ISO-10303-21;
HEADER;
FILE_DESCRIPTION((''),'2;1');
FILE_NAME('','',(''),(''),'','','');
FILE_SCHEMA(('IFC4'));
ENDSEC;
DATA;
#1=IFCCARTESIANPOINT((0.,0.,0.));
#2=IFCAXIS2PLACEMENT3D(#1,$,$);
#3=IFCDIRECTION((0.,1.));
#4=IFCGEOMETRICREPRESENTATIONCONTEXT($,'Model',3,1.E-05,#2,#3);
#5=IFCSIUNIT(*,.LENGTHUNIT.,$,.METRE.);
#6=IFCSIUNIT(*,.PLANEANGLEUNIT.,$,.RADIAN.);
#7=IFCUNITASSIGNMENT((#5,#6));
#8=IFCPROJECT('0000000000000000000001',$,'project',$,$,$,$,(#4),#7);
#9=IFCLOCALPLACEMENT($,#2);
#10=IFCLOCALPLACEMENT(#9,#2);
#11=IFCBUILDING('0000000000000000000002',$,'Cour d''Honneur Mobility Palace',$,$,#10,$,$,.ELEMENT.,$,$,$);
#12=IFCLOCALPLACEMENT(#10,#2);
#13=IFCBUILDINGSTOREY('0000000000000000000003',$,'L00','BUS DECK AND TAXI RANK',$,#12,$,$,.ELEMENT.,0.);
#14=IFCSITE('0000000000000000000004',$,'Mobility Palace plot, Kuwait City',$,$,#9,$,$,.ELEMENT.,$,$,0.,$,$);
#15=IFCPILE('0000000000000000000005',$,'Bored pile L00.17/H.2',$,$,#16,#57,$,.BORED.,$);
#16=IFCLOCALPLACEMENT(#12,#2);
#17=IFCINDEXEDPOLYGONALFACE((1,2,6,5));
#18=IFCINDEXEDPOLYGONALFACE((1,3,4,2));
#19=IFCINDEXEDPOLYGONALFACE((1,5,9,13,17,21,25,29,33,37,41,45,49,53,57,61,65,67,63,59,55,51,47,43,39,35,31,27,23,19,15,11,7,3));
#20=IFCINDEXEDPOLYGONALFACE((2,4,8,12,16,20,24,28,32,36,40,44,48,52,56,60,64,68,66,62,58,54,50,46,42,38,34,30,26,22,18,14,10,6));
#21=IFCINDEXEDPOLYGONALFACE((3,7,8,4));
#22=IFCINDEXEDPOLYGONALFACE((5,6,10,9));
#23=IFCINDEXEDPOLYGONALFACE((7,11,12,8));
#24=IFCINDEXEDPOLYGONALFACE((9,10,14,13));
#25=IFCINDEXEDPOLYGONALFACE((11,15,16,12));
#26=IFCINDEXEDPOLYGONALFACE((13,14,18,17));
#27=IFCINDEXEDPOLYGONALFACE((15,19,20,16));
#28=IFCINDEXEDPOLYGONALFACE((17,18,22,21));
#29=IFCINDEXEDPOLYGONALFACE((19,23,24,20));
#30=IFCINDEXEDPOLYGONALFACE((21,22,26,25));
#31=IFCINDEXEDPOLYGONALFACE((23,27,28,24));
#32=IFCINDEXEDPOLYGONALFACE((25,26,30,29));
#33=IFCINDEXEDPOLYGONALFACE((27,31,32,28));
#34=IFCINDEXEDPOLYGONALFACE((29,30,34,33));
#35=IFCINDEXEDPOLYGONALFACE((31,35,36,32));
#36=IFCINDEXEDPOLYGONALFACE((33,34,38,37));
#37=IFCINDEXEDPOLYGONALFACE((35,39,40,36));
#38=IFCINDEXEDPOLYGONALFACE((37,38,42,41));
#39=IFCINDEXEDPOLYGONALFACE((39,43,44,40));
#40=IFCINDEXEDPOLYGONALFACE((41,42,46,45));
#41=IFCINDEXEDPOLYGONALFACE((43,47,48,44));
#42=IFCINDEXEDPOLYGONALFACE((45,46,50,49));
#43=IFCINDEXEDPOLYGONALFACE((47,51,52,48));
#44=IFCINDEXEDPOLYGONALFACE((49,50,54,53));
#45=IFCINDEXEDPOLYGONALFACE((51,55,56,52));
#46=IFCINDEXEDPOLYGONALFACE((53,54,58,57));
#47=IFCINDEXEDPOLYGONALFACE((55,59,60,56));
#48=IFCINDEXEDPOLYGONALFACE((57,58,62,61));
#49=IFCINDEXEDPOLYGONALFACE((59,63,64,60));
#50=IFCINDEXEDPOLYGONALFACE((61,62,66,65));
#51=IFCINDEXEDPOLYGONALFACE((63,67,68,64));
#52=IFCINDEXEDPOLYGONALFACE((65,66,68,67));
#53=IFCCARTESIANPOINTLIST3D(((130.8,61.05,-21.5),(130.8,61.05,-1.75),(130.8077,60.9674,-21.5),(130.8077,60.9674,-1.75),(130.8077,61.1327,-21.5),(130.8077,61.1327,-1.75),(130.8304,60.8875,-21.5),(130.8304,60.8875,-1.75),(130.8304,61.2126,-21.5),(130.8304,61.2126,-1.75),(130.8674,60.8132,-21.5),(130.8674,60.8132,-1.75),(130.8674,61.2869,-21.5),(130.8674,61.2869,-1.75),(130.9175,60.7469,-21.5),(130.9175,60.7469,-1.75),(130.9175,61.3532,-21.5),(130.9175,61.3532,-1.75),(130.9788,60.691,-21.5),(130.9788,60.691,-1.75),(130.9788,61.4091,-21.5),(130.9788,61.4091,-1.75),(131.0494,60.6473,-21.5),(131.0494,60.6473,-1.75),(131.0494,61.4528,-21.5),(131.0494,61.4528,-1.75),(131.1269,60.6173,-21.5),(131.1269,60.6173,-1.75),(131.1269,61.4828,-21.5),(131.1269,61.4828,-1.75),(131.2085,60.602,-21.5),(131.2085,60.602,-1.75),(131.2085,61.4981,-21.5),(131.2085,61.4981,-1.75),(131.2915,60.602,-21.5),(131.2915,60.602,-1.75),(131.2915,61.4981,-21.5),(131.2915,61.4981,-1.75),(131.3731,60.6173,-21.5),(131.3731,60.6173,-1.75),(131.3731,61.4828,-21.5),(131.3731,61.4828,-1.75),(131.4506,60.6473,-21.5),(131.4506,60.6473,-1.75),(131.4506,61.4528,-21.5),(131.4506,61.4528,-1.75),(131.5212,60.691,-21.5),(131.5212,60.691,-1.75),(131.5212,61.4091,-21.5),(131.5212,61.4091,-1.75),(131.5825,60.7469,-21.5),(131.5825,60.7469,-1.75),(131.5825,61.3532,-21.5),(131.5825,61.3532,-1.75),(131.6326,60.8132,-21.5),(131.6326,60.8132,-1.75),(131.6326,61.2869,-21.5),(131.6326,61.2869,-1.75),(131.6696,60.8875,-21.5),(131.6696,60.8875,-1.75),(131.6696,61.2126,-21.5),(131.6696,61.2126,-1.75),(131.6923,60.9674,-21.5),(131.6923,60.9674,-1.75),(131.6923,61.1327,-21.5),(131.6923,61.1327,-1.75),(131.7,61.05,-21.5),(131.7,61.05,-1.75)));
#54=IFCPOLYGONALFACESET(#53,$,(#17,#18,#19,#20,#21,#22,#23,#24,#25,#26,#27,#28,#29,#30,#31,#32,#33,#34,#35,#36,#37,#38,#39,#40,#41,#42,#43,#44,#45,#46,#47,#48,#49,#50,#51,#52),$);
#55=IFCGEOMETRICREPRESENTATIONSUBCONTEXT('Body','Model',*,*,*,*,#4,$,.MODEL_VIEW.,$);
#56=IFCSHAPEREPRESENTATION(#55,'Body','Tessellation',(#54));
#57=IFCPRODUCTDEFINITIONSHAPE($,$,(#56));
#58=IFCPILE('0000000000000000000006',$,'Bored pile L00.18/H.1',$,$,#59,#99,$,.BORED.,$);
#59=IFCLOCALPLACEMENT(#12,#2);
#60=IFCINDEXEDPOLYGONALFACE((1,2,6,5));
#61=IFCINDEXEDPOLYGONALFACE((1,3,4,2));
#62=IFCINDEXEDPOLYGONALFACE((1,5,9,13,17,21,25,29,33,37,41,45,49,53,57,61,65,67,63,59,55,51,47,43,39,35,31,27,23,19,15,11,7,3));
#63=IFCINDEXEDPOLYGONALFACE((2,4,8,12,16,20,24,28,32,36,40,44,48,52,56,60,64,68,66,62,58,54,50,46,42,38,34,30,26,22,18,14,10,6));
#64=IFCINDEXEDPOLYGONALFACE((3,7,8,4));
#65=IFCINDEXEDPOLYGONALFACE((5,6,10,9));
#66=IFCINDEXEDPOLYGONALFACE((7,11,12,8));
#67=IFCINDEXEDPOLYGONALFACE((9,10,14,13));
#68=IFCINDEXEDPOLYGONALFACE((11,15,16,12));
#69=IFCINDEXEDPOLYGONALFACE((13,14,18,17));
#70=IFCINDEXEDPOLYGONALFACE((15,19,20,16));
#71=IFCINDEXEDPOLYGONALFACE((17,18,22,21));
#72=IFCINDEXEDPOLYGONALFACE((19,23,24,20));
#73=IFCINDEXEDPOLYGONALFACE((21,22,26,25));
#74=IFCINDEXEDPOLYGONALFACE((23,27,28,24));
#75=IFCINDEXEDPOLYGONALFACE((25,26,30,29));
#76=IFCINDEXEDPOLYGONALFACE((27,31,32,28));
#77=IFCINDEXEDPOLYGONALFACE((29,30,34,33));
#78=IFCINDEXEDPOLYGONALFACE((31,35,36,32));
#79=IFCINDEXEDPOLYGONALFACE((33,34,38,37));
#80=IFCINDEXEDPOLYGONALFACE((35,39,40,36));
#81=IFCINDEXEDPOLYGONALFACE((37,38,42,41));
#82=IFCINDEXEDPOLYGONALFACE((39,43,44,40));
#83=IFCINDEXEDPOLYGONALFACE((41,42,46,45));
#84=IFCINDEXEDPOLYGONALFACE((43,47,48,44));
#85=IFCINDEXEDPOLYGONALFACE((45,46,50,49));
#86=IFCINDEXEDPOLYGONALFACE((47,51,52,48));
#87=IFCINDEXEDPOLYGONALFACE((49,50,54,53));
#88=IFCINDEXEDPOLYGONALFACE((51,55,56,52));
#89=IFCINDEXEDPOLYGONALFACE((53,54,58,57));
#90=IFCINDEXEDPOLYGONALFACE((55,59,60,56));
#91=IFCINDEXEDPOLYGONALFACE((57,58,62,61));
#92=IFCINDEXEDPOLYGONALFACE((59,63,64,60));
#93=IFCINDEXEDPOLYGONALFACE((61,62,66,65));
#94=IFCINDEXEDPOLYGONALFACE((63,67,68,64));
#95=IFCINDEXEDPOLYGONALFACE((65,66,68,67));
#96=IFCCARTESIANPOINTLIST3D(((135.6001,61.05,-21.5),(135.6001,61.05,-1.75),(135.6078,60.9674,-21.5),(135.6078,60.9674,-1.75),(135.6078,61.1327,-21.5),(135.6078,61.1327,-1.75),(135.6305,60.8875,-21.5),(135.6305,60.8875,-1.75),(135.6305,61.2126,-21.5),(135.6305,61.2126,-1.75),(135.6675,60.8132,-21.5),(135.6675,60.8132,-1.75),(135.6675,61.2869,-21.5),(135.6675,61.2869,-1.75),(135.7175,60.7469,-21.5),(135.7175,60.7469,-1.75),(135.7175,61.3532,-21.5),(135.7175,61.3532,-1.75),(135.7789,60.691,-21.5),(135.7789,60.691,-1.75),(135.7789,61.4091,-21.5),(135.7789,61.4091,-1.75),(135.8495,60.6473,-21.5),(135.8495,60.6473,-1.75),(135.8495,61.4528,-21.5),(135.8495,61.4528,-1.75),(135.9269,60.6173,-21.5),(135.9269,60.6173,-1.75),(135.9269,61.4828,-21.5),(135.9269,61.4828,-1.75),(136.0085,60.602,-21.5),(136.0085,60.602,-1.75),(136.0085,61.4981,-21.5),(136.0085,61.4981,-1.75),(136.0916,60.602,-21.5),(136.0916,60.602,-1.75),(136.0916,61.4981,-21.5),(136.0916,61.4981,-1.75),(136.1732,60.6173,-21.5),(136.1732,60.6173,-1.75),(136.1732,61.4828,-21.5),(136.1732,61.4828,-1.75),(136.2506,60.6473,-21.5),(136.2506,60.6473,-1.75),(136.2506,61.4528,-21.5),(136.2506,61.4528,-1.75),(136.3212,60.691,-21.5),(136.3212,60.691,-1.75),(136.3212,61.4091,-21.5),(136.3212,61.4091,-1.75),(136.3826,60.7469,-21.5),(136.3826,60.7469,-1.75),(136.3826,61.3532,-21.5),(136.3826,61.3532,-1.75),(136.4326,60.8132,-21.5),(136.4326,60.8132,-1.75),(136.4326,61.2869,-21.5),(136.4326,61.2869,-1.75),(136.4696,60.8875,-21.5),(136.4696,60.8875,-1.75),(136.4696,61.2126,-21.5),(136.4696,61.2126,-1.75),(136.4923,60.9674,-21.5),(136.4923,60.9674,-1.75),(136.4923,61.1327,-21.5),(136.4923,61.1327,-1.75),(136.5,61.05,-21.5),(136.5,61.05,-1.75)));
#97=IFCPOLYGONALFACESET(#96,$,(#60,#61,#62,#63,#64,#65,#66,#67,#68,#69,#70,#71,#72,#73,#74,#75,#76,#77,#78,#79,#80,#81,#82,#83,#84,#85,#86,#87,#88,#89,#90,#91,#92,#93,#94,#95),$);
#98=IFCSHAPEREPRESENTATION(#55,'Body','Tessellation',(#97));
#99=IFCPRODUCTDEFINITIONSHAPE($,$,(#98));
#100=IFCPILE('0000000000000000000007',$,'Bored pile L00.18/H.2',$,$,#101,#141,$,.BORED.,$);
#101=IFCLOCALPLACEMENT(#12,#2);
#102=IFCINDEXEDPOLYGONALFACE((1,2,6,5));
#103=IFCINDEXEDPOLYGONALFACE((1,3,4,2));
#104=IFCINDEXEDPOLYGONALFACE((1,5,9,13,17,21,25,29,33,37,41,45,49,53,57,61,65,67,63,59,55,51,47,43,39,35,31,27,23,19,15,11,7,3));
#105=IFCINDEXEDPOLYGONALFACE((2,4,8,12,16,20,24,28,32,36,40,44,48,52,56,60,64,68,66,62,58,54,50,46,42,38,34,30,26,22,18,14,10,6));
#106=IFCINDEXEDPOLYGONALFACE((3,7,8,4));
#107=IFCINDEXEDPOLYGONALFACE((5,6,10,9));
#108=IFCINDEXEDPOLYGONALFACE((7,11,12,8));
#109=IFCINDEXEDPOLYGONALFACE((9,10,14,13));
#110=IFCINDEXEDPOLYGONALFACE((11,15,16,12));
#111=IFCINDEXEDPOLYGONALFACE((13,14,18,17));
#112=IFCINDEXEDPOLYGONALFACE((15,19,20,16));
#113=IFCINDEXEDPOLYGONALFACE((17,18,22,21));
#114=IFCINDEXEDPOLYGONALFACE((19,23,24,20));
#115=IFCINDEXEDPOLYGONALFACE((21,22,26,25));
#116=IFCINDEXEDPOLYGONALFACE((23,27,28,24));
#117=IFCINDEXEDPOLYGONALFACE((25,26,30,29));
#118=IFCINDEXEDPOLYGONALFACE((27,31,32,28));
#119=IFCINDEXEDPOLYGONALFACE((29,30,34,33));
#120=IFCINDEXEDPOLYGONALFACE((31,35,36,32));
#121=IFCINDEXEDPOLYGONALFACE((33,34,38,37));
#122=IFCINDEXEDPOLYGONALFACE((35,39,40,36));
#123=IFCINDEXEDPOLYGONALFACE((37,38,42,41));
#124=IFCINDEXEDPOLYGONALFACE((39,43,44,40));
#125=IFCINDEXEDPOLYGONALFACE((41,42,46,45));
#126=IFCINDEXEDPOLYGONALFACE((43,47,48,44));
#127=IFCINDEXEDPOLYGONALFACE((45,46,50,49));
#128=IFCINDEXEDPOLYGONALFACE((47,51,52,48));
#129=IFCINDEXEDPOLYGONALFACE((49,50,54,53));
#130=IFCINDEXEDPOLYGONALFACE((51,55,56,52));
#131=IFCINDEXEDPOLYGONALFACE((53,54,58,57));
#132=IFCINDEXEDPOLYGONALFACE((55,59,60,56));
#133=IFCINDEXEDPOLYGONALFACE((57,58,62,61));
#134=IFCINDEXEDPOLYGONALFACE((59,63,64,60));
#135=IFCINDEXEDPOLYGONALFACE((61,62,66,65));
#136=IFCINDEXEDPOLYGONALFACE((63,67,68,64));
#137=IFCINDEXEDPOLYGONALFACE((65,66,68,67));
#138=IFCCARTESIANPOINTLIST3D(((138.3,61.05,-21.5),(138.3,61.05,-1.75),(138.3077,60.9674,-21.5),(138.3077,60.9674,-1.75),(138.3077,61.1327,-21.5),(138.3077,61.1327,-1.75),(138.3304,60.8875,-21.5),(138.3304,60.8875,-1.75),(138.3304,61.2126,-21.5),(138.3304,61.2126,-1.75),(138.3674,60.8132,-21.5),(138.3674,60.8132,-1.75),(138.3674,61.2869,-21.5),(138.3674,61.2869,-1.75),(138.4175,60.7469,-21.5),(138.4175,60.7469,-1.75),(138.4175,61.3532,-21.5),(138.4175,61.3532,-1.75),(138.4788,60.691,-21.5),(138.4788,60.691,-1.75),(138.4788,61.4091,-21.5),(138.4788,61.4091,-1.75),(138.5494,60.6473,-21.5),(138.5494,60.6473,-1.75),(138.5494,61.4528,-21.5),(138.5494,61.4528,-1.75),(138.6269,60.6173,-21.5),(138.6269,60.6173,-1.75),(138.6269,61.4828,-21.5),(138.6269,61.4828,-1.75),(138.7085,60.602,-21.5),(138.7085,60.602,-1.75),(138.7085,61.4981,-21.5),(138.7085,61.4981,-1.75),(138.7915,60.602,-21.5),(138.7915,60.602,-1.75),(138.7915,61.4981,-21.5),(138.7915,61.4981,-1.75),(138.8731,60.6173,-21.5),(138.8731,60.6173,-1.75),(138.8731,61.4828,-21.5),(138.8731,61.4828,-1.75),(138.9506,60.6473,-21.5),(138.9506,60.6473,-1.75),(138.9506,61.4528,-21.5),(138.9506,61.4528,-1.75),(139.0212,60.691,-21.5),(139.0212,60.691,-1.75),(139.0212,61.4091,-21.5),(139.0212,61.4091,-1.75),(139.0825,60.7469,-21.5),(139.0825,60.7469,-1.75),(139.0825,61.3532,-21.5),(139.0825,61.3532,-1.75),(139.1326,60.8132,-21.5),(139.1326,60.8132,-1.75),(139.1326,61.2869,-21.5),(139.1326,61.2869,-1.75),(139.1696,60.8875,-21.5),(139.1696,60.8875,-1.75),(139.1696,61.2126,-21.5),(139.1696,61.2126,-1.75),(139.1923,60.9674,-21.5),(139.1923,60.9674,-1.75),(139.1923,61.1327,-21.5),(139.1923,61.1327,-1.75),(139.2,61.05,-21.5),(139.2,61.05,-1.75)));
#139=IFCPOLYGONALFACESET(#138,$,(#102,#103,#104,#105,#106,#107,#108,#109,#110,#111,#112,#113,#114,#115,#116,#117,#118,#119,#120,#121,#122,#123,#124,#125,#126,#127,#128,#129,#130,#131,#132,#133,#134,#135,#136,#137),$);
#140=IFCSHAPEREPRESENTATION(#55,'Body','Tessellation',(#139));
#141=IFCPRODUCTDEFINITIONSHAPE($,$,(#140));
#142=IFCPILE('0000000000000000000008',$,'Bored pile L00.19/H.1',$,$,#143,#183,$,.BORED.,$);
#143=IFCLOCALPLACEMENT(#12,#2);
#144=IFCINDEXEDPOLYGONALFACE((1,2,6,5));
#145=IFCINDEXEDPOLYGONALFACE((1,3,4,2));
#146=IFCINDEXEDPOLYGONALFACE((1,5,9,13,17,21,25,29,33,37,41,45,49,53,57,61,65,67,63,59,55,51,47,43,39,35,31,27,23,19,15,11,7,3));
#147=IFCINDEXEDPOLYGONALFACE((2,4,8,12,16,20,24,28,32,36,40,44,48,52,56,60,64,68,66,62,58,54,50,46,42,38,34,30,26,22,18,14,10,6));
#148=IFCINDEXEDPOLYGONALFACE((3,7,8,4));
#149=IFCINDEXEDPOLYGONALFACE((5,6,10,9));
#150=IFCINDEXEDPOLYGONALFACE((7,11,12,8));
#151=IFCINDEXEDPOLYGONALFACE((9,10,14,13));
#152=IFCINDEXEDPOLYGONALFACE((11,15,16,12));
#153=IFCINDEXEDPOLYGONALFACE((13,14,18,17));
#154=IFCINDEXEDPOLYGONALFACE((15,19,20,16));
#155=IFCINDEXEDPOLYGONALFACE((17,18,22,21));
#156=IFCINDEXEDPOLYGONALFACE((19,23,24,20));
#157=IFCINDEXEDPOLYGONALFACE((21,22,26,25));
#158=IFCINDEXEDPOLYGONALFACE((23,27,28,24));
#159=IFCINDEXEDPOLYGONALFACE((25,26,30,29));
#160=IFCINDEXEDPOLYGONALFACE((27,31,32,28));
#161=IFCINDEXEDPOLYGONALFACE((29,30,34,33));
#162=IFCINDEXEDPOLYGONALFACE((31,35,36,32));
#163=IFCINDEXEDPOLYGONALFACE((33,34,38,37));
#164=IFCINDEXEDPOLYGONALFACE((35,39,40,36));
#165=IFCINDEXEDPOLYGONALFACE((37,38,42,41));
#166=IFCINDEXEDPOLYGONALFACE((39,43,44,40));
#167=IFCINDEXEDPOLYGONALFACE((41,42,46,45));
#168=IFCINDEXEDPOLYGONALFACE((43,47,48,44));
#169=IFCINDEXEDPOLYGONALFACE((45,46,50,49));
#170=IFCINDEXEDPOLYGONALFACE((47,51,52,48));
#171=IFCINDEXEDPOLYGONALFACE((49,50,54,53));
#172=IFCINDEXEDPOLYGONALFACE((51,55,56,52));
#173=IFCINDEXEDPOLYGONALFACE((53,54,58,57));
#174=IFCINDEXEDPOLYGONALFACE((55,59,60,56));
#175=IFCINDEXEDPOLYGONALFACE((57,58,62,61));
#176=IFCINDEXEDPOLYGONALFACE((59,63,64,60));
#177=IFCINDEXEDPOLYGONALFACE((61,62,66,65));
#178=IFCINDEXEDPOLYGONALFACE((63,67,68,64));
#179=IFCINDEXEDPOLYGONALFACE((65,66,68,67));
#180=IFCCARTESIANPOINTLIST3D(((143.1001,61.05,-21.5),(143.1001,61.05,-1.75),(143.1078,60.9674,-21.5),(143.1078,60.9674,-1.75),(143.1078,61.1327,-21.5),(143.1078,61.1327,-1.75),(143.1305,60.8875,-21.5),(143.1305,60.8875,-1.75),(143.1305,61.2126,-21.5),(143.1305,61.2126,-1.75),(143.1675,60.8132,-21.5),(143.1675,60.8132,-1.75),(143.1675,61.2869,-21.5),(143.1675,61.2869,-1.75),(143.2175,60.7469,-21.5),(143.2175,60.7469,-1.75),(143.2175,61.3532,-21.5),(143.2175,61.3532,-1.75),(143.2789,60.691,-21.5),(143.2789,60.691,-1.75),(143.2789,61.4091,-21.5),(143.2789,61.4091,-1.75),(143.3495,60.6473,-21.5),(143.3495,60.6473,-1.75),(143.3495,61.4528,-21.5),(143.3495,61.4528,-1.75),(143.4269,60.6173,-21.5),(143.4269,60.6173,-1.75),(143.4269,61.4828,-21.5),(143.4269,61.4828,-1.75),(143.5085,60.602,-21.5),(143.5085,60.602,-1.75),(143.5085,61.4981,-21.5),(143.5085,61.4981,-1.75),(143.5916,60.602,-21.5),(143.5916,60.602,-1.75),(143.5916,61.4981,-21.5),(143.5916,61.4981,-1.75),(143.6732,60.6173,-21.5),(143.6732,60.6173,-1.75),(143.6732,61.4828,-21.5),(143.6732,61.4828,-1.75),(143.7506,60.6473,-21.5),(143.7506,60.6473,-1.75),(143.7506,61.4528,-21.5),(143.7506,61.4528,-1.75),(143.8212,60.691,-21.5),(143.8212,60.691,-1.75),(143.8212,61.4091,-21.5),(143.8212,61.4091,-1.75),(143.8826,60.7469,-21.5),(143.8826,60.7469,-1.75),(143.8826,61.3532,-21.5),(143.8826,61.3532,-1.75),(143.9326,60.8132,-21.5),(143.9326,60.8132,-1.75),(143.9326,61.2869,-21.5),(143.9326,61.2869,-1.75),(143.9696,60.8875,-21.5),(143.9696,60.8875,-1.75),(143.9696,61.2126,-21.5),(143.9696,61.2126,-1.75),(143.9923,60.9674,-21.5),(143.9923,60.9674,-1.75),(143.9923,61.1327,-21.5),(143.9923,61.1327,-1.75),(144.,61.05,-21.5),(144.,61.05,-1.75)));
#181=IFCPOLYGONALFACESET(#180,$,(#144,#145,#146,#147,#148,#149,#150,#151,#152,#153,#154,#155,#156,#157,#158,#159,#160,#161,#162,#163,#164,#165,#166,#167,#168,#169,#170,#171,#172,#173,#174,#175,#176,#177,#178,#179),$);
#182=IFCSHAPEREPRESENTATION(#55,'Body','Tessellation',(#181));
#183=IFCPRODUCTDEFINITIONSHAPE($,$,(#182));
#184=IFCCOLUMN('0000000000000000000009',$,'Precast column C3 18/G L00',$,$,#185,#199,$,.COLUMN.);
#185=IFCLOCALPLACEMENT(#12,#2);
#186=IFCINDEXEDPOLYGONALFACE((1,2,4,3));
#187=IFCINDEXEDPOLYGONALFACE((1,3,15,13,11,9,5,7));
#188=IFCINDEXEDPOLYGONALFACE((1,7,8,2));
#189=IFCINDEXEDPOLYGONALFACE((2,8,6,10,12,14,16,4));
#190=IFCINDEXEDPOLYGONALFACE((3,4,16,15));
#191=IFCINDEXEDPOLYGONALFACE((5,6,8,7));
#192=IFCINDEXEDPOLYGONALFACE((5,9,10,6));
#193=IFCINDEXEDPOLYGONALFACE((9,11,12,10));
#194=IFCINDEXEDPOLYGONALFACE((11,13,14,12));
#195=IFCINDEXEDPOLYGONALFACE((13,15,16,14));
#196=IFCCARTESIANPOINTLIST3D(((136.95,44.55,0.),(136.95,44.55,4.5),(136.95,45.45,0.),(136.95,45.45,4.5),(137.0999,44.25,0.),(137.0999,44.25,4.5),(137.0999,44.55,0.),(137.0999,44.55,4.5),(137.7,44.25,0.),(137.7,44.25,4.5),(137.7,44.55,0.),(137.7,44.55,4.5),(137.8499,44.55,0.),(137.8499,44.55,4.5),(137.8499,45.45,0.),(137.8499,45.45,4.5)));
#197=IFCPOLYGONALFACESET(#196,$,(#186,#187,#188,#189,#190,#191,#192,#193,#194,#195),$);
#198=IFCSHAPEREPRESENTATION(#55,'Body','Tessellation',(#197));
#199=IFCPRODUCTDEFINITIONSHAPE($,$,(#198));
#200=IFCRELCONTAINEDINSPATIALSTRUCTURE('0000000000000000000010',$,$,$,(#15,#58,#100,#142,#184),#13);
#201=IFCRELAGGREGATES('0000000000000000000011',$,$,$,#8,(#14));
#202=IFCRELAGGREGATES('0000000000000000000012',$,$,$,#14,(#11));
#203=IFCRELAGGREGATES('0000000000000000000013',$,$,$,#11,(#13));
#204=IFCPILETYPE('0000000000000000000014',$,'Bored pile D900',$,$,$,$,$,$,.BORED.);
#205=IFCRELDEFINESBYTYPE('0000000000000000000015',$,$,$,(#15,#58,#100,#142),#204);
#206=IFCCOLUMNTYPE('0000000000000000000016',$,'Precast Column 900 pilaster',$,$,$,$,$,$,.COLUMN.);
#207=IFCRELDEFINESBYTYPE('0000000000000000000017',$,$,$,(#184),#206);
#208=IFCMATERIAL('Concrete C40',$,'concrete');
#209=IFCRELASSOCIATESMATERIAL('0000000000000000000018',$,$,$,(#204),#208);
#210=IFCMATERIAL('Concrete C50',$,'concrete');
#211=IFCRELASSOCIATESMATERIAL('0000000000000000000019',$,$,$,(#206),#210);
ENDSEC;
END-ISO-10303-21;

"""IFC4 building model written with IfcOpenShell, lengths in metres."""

from ifc_helpers import new_model, si_unit, direction, frame, origin, origin_2d, place, context, subcontext, project, spatial, polyline, circle, outline, extrude, material, material_profile, profile_set, type_object, element, save


model = new_model("IFC4")

# Units and contexts
model_context = context("Model", 3, precision=1e-05, world=origin(), true_north=direction((0.0, 1.0)))
body_context = subcontext(model_context, "Body", "Model", "MODEL_VIEW")
ifc_project = project(units=[si_unit("LENGTHUNIT", "METRE"), si_unit("PLANEANGLEUNIT", "RADIAN")], contexts=[model_context])

# Site, building, storey
site_placement = place(None, origin())
site = spatial("IfcSite", under=ifc_project, at=site_placement, Name="Mobility Palace plot, Kuwait City", CompositionType="ELEMENT", RefElevation=0.0)
building_placement = place(site_placement, origin())
building = spatial("IfcBuilding", under=site, at=building_placement, Name="Cour d'Honneur Mobility Palace", CompositionType="ELEMENT")
storey_placement = place(building_placement, origin())
storey = spatial("IfcBuildingStorey", under=building, at=storey_placement, Name="L00", Description="BUS DECK AND TAXI RANK", CompositionType="ELEMENT", Elevation=0.0)

# Piles
ifc_material_1 = material(Name="Concrete C40", Category="concrete")
ifc_material_profile_1 = material_profile(ifc_material_1, circle(Radius=0.45, at=origin_2d()), Name="Bored pile D900")
ifc_profile_set_1 = profile_set([ifc_material_profile_1], Name="Concrete C40")
pile_type = type_object("IfcPileType", Name="Bored pile D900", PredefinedType="BORED", material=ifc_profile_set_1)
for number, where, z_axis, x_axis, name in (
    (1, (131.25, 61.05, -1.75), (0.0, 0.0, -1.0), (1.0, 0.0, 0.0), "Bored pile L00.17/H.2"),
    (2, (136.05, 61.05, -1.75), (0.0, 0.0, -1.0), (1.0, 0.0, 0.0), "Bored pile L00.18/H.1"),
    (3, (138.75, 61.05, -1.75), (0.0, 0.0, -1.0), (1.0, 0.0, 0.0), "Bored pile L00.18/H.2"),
    (4, (143.55, 61.05, -1.75), (0.0, 0.0, -1.0), (1.0, 0.0, 0.0), "Bored pile L00.19/H.1"),
):
    element("IfcPile", number, at=place(storey_placement, frame(where, z_axis=z_axis, x_axis=x_axis)), inside=storey, type_object=pile_type, Name=name, PredefinedType="BORED", context=body_context, shape_type="SweptSolid", body=[
        extrude(circle(Radius=0.45, at=origin_2d()), origin(), (0.0, 0.0, 1.0), 19.75),
    ])

# Column
ifc_material_2 = material(Name="Concrete C50", Category="concrete")
ifc_material_profile_2 = material_profile(ifc_material_2, outline(polyline([(-0.45, -0.45), (0.45, -0.45), (0.45, -0.3), (0.75, -0.3), (0.75, 0.3), (0.45, 0.3), (0.45, 0.45), (-0.45, 0.45), (-0.45, -0.45)])), Name="PC C900 pilaster")
ifc_profile_set_2 = profile_set([ifc_material_profile_2], Name="Concrete C50")
column_type = type_object("IfcColumnType", Name="Precast Column 900 pilaster", PredefinedType="COLUMN", material=ifc_profile_set_2)
for number, where, z_axis, x_axis, name in (
    (5, (137.3999, 45.0, 0.0), (0.0, 0.0, 1.0), (0.0, -1.0, 0.0), "Precast column C3 18/G L00"),
):
    element("IfcColumn", number, at=place(storey_placement, frame(where, z_axis=z_axis, x_axis=x_axis)), inside=storey, type_object=column_type, Name=name, PredefinedType="COLUMN", context=body_context, shape_type="SweptSolid", body=[
        extrude(outline(polyline([(-0.45, -0.45), (0.45, -0.45), (0.45, -0.3), (0.75, -0.3), (0.75, 0.3), (0.45, 0.3), (0.45, 0.45), (-0.45, 0.45), (-0.45, -0.45)])), origin(), (0.0, 0.0, 1.0), 4.5),
    ])

save(model, "model.ifc")
